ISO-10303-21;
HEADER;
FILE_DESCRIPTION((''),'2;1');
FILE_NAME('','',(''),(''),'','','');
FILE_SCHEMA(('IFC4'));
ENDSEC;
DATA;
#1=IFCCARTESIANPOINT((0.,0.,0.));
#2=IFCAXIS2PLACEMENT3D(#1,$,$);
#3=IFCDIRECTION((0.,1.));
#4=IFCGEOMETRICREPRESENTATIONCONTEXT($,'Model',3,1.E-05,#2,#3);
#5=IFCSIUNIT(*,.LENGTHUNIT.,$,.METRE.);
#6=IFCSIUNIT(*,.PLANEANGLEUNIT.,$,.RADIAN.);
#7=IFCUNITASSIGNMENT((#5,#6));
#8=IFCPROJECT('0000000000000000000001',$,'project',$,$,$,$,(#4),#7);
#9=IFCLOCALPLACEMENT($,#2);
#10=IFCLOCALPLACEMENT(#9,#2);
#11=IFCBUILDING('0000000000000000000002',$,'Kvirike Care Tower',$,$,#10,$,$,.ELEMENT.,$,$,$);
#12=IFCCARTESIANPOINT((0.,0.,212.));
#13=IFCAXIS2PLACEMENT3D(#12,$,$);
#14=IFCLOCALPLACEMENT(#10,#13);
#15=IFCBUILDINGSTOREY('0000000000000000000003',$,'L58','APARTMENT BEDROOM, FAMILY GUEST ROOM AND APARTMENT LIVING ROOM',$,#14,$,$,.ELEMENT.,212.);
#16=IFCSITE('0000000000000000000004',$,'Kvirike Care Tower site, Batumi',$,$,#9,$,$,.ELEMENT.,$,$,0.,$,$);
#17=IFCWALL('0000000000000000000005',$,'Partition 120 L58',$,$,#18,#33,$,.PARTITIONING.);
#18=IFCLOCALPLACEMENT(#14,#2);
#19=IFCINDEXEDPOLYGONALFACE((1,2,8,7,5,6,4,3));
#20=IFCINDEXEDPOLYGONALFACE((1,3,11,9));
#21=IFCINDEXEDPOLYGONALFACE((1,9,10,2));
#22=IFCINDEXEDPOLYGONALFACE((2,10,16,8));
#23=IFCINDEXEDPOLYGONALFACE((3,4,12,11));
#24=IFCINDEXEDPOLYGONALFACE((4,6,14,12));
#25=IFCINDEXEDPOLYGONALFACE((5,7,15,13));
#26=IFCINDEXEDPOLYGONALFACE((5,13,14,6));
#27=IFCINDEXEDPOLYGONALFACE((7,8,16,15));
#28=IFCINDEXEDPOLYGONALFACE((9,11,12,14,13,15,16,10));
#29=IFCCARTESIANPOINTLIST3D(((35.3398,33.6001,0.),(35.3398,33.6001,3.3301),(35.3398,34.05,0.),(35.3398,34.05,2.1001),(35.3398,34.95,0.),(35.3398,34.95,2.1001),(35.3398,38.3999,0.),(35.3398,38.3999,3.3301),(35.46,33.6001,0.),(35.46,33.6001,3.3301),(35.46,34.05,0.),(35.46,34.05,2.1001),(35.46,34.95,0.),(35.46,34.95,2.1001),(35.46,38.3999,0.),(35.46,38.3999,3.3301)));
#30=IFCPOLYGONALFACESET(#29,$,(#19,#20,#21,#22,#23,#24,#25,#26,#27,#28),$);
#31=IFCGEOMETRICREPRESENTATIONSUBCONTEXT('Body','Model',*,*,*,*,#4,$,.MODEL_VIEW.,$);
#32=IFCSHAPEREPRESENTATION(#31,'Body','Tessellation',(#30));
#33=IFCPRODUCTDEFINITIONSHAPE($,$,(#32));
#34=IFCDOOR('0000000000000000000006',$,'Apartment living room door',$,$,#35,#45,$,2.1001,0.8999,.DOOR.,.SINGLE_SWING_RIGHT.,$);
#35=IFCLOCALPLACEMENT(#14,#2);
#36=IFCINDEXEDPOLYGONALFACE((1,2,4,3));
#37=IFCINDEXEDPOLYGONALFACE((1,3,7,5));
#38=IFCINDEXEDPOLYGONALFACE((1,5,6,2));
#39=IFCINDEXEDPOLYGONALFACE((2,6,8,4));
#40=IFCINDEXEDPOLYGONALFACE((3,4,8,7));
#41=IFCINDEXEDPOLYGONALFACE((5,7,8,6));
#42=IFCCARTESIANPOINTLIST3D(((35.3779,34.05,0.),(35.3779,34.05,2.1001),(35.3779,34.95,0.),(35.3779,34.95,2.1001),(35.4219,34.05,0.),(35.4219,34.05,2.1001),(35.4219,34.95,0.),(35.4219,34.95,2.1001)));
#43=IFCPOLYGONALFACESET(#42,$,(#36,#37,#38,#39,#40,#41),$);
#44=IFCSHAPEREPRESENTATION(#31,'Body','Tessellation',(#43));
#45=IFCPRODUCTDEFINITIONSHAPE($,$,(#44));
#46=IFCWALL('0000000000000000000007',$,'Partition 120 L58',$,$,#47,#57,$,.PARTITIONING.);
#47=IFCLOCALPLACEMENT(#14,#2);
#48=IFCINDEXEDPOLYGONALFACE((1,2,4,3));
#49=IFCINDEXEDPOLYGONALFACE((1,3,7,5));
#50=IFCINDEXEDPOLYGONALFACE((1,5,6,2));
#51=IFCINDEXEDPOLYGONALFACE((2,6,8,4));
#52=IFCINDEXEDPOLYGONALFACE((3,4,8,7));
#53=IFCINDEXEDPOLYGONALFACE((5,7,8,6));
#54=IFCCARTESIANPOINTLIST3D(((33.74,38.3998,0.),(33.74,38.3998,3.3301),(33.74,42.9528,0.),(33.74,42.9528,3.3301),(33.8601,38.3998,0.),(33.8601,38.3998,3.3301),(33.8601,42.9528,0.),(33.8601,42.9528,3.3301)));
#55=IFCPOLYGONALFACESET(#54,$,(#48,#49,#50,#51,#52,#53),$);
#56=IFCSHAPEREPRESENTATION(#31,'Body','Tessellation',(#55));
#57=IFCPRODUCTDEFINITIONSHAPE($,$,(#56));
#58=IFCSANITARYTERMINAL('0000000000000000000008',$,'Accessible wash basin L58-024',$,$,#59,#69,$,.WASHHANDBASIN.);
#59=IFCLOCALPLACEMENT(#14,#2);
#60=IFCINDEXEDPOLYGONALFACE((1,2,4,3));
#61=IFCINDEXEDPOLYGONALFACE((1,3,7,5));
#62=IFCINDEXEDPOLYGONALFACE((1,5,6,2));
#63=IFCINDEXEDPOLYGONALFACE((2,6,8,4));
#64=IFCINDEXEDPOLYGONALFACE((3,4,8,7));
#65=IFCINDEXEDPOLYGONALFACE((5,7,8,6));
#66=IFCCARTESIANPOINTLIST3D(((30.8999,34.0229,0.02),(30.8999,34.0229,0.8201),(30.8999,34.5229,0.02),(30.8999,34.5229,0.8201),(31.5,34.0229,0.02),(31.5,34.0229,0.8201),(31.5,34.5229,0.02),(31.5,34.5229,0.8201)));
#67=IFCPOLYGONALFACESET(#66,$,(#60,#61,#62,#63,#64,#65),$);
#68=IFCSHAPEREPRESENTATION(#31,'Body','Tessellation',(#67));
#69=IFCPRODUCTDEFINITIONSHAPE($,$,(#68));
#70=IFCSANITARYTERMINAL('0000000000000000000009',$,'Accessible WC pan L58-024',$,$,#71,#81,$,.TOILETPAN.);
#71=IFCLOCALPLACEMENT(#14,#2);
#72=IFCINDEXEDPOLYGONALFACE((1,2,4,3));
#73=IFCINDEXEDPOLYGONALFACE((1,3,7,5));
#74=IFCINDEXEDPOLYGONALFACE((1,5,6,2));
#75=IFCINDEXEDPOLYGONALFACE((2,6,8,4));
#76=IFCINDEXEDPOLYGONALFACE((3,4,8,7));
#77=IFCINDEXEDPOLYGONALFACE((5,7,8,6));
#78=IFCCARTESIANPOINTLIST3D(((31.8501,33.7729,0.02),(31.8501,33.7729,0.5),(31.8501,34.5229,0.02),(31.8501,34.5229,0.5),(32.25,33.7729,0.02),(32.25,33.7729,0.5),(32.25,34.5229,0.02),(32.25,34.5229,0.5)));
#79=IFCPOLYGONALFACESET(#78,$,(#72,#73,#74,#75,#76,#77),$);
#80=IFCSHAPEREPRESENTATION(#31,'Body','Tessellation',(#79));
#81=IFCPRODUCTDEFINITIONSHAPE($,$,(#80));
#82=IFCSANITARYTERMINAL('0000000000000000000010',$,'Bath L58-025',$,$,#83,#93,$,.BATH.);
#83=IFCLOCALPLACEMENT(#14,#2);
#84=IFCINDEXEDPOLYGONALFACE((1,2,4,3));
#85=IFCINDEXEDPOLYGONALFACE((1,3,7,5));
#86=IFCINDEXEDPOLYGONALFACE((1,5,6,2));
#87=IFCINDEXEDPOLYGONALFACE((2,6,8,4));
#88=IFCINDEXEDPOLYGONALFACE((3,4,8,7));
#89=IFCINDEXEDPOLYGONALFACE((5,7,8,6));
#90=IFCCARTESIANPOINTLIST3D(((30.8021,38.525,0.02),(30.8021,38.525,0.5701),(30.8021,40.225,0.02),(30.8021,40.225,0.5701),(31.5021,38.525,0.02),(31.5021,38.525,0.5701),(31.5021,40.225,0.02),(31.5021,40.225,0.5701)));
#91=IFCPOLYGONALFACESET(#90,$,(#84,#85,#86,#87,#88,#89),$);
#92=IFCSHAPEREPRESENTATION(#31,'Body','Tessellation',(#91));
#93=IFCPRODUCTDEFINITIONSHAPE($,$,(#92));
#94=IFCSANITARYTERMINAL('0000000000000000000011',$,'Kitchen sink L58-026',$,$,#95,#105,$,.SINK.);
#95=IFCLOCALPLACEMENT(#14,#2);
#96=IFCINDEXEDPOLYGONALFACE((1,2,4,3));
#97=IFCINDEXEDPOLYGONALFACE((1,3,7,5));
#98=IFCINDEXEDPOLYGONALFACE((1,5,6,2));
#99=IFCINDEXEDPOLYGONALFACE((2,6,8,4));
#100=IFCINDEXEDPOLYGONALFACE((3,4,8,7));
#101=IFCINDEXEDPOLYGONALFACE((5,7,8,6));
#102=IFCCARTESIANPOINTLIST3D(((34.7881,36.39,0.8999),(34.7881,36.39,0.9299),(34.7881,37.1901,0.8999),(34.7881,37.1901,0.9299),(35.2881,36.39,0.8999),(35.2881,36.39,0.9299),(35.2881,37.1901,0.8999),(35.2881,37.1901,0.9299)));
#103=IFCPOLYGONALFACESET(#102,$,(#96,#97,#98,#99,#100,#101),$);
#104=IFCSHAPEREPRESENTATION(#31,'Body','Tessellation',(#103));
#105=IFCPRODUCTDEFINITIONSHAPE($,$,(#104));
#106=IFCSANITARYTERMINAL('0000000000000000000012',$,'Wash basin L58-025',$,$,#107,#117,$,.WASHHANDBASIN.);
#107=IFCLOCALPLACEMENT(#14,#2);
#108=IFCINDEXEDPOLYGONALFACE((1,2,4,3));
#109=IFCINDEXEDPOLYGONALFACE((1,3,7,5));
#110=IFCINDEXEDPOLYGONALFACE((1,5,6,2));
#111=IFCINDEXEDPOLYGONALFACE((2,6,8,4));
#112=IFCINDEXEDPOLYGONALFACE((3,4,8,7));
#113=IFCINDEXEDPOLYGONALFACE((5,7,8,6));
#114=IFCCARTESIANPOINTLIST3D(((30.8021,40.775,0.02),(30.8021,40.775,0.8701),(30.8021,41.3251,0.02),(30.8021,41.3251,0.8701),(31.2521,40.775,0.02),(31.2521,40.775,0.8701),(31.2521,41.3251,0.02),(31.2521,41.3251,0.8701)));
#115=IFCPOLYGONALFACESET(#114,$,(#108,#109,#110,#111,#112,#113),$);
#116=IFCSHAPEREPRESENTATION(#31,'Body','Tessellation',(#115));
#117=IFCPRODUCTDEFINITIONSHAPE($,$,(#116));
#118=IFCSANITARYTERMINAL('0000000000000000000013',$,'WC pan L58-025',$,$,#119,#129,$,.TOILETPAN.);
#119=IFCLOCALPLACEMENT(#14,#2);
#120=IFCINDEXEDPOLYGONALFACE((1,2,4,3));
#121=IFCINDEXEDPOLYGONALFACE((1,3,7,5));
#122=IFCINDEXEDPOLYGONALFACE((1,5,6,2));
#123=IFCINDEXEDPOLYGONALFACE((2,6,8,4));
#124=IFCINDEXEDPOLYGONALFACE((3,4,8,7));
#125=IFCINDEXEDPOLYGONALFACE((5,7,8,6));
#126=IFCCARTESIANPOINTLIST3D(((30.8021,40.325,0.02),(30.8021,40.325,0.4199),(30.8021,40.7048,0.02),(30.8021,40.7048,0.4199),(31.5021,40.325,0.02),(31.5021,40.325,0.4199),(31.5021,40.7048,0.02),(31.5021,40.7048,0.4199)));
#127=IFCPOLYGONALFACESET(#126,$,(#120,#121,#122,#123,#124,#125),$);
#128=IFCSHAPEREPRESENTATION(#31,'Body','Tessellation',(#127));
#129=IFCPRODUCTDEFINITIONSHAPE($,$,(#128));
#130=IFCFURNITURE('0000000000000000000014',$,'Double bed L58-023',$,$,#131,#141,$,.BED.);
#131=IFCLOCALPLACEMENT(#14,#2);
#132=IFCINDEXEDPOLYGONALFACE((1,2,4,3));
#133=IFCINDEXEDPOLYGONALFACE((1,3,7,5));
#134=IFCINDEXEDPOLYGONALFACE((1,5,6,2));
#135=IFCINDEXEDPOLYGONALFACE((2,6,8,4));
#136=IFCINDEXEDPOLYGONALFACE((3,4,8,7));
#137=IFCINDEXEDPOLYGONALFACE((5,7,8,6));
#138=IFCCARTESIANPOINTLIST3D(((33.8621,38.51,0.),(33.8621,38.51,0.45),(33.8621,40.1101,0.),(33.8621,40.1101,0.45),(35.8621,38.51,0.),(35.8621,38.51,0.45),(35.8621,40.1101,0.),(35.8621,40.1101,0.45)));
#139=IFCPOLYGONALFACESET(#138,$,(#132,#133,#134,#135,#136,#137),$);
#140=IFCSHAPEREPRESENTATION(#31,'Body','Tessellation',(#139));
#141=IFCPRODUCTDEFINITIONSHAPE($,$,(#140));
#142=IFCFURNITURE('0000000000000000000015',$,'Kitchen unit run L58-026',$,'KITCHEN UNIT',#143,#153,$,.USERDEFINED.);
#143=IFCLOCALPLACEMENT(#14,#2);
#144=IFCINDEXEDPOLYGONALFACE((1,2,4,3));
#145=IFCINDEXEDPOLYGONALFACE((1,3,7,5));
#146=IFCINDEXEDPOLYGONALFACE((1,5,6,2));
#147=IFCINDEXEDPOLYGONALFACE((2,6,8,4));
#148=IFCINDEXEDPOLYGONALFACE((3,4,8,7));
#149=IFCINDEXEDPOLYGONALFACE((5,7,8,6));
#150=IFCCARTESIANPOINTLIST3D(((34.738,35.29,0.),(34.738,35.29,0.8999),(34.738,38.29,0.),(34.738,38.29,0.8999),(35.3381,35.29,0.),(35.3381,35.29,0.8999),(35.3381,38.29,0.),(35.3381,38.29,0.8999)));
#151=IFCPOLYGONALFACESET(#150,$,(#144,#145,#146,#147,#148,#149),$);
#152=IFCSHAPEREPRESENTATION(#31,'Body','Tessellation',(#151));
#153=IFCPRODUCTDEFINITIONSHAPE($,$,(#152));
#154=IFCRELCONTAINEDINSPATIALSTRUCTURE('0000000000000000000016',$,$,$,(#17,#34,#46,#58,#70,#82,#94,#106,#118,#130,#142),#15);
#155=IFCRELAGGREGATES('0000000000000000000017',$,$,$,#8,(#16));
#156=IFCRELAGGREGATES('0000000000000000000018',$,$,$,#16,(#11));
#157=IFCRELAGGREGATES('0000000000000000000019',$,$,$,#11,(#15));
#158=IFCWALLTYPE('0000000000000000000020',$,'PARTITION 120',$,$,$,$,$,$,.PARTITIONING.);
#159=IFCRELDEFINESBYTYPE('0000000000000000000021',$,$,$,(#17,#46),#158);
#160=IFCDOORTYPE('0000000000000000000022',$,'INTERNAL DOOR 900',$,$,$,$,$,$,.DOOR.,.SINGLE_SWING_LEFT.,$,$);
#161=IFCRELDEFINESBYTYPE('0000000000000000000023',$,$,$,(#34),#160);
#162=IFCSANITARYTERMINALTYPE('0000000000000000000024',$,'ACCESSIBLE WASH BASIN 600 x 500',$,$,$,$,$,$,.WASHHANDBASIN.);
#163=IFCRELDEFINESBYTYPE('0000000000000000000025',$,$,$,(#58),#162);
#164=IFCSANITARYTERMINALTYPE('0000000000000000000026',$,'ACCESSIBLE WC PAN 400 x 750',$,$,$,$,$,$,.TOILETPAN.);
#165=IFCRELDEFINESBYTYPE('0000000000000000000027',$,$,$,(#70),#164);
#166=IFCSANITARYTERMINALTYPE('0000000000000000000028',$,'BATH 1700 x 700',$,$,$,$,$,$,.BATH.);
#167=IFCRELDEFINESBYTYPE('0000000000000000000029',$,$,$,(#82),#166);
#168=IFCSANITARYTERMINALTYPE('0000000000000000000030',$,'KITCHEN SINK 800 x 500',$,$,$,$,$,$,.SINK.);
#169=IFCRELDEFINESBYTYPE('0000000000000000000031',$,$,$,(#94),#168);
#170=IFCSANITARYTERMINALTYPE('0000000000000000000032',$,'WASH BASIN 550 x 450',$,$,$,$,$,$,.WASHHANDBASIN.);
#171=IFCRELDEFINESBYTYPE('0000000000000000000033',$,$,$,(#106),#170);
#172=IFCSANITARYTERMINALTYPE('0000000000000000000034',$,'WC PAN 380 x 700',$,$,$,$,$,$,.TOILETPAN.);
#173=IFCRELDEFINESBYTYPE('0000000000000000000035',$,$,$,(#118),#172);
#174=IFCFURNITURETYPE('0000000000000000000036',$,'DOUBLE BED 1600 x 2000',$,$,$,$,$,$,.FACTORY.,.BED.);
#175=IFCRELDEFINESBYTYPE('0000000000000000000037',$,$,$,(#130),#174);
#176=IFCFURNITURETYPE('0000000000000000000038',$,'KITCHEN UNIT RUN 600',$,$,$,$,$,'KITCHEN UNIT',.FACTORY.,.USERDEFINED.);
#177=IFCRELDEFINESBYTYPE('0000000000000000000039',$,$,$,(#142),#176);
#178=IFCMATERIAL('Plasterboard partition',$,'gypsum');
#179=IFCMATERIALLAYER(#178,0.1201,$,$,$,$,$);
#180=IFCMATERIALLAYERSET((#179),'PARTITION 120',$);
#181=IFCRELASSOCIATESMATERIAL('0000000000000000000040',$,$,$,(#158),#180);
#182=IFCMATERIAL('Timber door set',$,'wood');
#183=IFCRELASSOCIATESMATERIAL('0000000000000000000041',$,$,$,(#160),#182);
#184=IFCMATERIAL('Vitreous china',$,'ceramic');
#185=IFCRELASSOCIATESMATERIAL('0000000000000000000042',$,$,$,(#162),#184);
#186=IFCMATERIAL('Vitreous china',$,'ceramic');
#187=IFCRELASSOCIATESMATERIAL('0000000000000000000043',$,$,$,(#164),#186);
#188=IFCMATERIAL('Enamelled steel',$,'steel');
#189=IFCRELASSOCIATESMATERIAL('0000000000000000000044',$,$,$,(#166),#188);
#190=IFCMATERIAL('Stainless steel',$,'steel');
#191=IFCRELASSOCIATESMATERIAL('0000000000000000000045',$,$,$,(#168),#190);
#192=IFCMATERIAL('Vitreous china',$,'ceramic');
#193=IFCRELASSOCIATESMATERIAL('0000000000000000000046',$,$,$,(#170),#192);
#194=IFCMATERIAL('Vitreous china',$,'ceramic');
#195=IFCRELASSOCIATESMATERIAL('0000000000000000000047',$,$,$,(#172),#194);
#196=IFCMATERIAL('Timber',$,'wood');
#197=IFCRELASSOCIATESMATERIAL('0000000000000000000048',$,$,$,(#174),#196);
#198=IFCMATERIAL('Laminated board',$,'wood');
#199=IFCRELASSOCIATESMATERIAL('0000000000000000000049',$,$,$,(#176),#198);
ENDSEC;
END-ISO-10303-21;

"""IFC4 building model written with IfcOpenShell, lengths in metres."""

from ifc_helpers import new_model, si_unit, direction, frame, frame_2d, origin, origin_2d, place, context, subcontext, project, spatial, rectangle, extrude, material, layer, layer_set, type_object, element, fill, save


model = new_model("IFC4")

# Units and contexts
model_context = context("Model", 3, precision=1e-05, world=origin(), true_north=direction((0.0, 1.0)))
body_context = subcontext(model_context, "Body", "Model", "MODEL_VIEW")
ifc_project = project(units=[si_unit("LENGTHUNIT", "METRE"), si_unit("PLANEANGLEUNIT", "RADIAN")], contexts=[model_context])

# Site, building, storey
site_placement = place(None, origin())
site = spatial("IfcSite", under=ifc_project, at=site_placement, Name="Kvirike Care Tower site, Batumi", CompositionType="ELEMENT", RefElevation=0.0)
building_placement = place(site_placement, origin())
building = spatial("IfcBuilding", under=site, at=building_placement, Name="Kvirike Care Tower", CompositionType="ELEMENT")
storey_placement = place(building_placement, frame((0.0, 0.0, 212.0)))
storey = spatial("IfcBuildingStorey", under=building, at=storey_placement, Name="L58", Description="APARTMENT BEDROOM, FAMILY GUEST ROOM AND APARTMENT LIVING ROOM", CompositionType="ELEMENT", Elevation=212.0)

# Wall, opening, door
ifc_material_1 = material(Name="Plasterboard partition", Category="gypsum")
ifc_layer_1 = layer(ifc_material_1, 0.1201)
ifc_layer_set_1 = layer_set([ifc_layer_1], Name="PARTITION 120")
wall_type_1 = type_object("IfcWallType", Name="PARTITION 120", PredefinedType="PARTITIONING", material=ifc_layer_set_1)
wall_1_placement = place(storey_placement, frame((35.3999, 33.6001, 0.0), z_axis=(0.0, 0.0, 1.0), x_axis=(0.0, 1.0, 0.0)))
wall_1 = element("IfcWall", 1, at=wall_1_placement, inside=storey, type_object=wall_type_1, Name="Partition 120 L58", PredefinedType="PARTITIONING", context=body_context, shape_type="SweptSolid", body=[
    extrude(rectangle(XDim=4.7998, YDim=0.1201, at=frame_2d((2.3999, 0.0))), origin(), (0.0, 0.0, 1.0), 3.3301),
])
opening_1_placement = place(wall_1_placement, frame((0.45, 0.0, 0.0)))
opening_1 = element("IfcOpeningElement", 2, at=opening_1_placement, cuts=wall_1, PredefinedType="OPENING", context=body_context, shape_type="SweptSolid", body=[
    extrude(rectangle(XDim=0.8999, YDim=2.1001, at=frame_2d((0.45, 1.05))), frame((0.0, 0.0706, 0.0), z_axis=(0.0, -1.0, 0.0), x_axis=(1.0, 0.0, 0.0)), (0.0, 0.0, 1.0), 0.1411),
])
ifc_material_2 = material(Name="Timber door set", Category="wood")
door_type_1 = type_object("IfcDoorType", Name="INTERNAL DOOR 900", OperationType="SINGLE_SWING_LEFT", PredefinedType="DOOR", material=ifc_material_2)
door_1_placement = place(opening_1_placement, origin())
door_1 = element("IfcDoor", 3, at=door_1_placement, inside=storey, type_object=door_type_1, Name="Apartment living room door", OperationType="SINGLE_SWING_RIGHT", OverallHeight=2.1001, OverallWidth=0.8999, PredefinedType="DOOR", context=body_context, shape_type="SweptSolid", body=[
    extrude(rectangle(XDim=0.8999, YDim=2.1001, at=frame_2d((0.45, 1.05))), frame((0.0, 0.022, 0.0), z_axis=(0.0, -1.0, 0.0), x_axis=(1.0, 0.0, 0.0)), (0.0, 0.0, 1.0), 0.0439),
])
fill(opening_1, door_1)

# Wall
wall_2_placement = place(storey_placement, frame((33.8, 38.3999, 0.0), z_axis=(0.0, 0.0, 1.0), x_axis=(0.0, 1.0, 0.0)))
element("IfcWall", 4, at=wall_2_placement, inside=storey, type_object=wall_type_1, Name="Partition 120 L58", PredefinedType="PARTITIONING", context=body_context, shape_type="SweptSolid", body=[
    extrude(rectangle(XDim=4.553, YDim=0.1201, at=frame_2d((2.2764, 0.0))), origin(), (0.0, 0.0, 1.0), 3.3301),
])

# Sanitary terminals
ifc_material_3 = material(Name="Vitreous china", Category="ceramic")
sanitary_terminal_type_1 = type_object("IfcSanitaryTerminalType", Name="ACCESSIBLE WASH BASIN 600 x 500", PredefinedType="WASHHANDBASIN", material=ifc_material_3)
sanitary_terminal_1_placement = place(storey_placement, frame((31.2, 34.2729, 0.02), z_axis=(0.0, 0.0, 1.0), x_axis=(1.0, 0.0, 0.0)))
element("IfcSanitaryTerminal", 5, at=sanitary_terminal_1_placement, inside=storey, type_object=sanitary_terminal_type_1, Name="Accessible wash basin L58-024", PredefinedType="WASHHANDBASIN", context=body_context, shape_type="SweptSolid", body=[
    extrude(rectangle(XDim=0.6001, YDim=0.5, at=origin_2d()), origin(), (0.0, 0.0, 1.0), 0.8),
])
ifc_material_4 = material(Name="Vitreous china", Category="ceramic")
sanitary_terminal_type_2 = type_object("IfcSanitaryTerminalType", Name="ACCESSIBLE WC PAN 400 x 750", PredefinedType="TOILETPAN", material=ifc_material_4)
sanitary_terminal_2_placement = place(storey_placement, frame((32.05, 34.1479, 0.02), z_axis=(0.0, 0.0, 1.0), x_axis=(1.0, 0.0, 0.0)))
element("IfcSanitaryTerminal", 6, at=sanitary_terminal_2_placement, inside=storey, type_object=sanitary_terminal_type_2, Name="Accessible WC pan L58-024", PredefinedType="TOILETPAN", context=body_context, shape_type="SweptSolid", body=[
    extrude(rectangle(XDim=0.3999, YDim=0.75, at=origin_2d()), origin(), (0.0, 0.0, 1.0), 0.48),
])
ifc_material_5 = material(Name="Enamelled steel", Category="steel")
sanitary_terminal_type_3 = type_object("IfcSanitaryTerminalType", Name="BATH 1700 x 700", PredefinedType="BATH", material=ifc_material_5)
sanitary_terminal_3_placement = place(storey_placement, frame((31.1521, 39.375, 0.02), z_axis=(0.0, 0.0, 1.0), x_axis=(0.0, 1.0, 0.0)))
element("IfcSanitaryTerminal", 7, at=sanitary_terminal_3_placement, inside=storey, type_object=sanitary_terminal_type_3, Name="Bath L58-025", PredefinedType="BATH", context=body_context, shape_type="SweptSolid", body=[
    extrude(rectangle(XDim=1.7, YDim=0.7, at=origin_2d()), origin(), (0.0, 0.0, 1.0), 0.55),
])
ifc_material_6 = material(Name="Stainless steel", Category="steel")
sanitary_terminal_type_4 = type_object("IfcSanitaryTerminalType", Name="KITCHEN SINK 800 x 500", PredefinedType="SINK", material=ifc_material_6)
sanitary_terminal_4_placement = place(storey_placement, frame((35.0381, 36.79, 0.8999), z_axis=(0.0, 0.0, 1.0), x_axis=(0.0, -1.0, 0.0)))
element("IfcSanitaryTerminal", 8, at=sanitary_terminal_4_placement, inside=storey, type_object=sanitary_terminal_type_4, Name="Kitchen sink L58-026", PredefinedType="SINK", context=body_context, shape_type="SweptSolid", body=[
    extrude(rectangle(XDim=0.8, YDim=0.5, at=origin_2d()), origin(), (0.0, 0.0, 1.0), 0.03),
])
ifc_material_7 = material(Name="Vitreous china", Category="ceramic")
sanitary_terminal_type_5 = type_object("IfcSanitaryTerminalType", Name="WASH BASIN 550 x 450", PredefinedType="WASHHANDBASIN", material=ifc_material_7)
sanitary_terminal_5_placement = place(storey_placement, frame((31.0271, 41.05, 0.02), z_axis=(0.0, 0.0, 1.0), x_axis=(0.0, 1.0, 0.0)))
element("IfcSanitaryTerminal", 9, at=sanitary_terminal_5_placement, inside=storey, type_object=sanitary_terminal_type_5, Name="Wash basin L58-025", PredefinedType="WASHHANDBASIN", context=body_context, shape_type="SweptSolid", body=[
    extrude(rectangle(XDim=0.55, YDim=0.45, at=origin_2d()), origin(), (0.0, 0.0, 1.0), 0.8501),
])
ifc_material_8 = material(Name="Vitreous china", Category="ceramic")
sanitary_terminal_type_6 = type_object("IfcSanitaryTerminalType", Name="WC PAN 380 x 700", PredefinedType="TOILETPAN", material=ifc_material_8)
sanitary_terminal_6_placement = place(storey_placement, frame((31.1521, 40.5149, 0.02), z_axis=(0.0, 0.0, 1.0), x_axis=(0.0, 1.0, 0.0)))
element("IfcSanitaryTerminal", 10, at=sanitary_terminal_6_placement, inside=storey, type_object=sanitary_terminal_type_6, Name="WC pan L58-025", PredefinedType="TOILETPAN", context=body_context, shape_type="SweptSolid", body=[
    extrude(rectangle(XDim=0.3799, YDim=0.7, at=origin_2d()), origin(), (0.0, 0.0, 1.0), 0.3999),
])

# Furniture
ifc_material_9 = material(Name="Timber", Category="wood")
furniture_type_1 = type_object("IfcFurnitureType", Name="DOUBLE BED 1600 x 2000", AssemblyPlace="FACTORY", PredefinedType="BED", material=ifc_material_9)
furniture_1_placement = place(storey_placement, frame((34.8621, 39.3101, 0.0), z_axis=(0.0, 0.0, 1.0), x_axis=(0.0, 1.0, 0.0)))
element("IfcFurniture", 11, at=furniture_1_placement, inside=storey, type_object=furniture_type_1, Name="Double bed L58-023", PredefinedType="BED", context=body_context, shape_type="SweptSolid", body=[
    extrude(rectangle(XDim=1.6001, YDim=2.0, at=origin_2d()), origin(), (0.0, 0.0, 1.0), 0.45),
])
ifc_material_10 = material(Name="Laminated board", Category="wood")
furniture_type_2 = type_object("IfcFurnitureType", Name="KITCHEN UNIT RUN 600", ElementType="KITCHEN UNIT", AssemblyPlace="FACTORY", PredefinedType="USERDEFINED", material=ifc_material_10)
furniture_2_placement = place(storey_placement, frame((35.0381, 36.79, 0.0), z_axis=(0.0, 0.0, 1.0), x_axis=(0.0, -1.0, 0.0)))
element("IfcFurniture", 12, at=furniture_2_placement, inside=storey, type_object=furniture_type_2, Name="Kitchen unit run L58-026", ObjectType="KITCHEN UNIT", PredefinedType="USERDEFINED", context=body_context, shape_type="SweptSolid", body=[
    extrude(rectangle(XDim=3.0, YDim=0.6001, at=origin_2d()), origin(), (0.0, 0.0, 1.0), 0.8999),
])

save(model, "model.ifc")
